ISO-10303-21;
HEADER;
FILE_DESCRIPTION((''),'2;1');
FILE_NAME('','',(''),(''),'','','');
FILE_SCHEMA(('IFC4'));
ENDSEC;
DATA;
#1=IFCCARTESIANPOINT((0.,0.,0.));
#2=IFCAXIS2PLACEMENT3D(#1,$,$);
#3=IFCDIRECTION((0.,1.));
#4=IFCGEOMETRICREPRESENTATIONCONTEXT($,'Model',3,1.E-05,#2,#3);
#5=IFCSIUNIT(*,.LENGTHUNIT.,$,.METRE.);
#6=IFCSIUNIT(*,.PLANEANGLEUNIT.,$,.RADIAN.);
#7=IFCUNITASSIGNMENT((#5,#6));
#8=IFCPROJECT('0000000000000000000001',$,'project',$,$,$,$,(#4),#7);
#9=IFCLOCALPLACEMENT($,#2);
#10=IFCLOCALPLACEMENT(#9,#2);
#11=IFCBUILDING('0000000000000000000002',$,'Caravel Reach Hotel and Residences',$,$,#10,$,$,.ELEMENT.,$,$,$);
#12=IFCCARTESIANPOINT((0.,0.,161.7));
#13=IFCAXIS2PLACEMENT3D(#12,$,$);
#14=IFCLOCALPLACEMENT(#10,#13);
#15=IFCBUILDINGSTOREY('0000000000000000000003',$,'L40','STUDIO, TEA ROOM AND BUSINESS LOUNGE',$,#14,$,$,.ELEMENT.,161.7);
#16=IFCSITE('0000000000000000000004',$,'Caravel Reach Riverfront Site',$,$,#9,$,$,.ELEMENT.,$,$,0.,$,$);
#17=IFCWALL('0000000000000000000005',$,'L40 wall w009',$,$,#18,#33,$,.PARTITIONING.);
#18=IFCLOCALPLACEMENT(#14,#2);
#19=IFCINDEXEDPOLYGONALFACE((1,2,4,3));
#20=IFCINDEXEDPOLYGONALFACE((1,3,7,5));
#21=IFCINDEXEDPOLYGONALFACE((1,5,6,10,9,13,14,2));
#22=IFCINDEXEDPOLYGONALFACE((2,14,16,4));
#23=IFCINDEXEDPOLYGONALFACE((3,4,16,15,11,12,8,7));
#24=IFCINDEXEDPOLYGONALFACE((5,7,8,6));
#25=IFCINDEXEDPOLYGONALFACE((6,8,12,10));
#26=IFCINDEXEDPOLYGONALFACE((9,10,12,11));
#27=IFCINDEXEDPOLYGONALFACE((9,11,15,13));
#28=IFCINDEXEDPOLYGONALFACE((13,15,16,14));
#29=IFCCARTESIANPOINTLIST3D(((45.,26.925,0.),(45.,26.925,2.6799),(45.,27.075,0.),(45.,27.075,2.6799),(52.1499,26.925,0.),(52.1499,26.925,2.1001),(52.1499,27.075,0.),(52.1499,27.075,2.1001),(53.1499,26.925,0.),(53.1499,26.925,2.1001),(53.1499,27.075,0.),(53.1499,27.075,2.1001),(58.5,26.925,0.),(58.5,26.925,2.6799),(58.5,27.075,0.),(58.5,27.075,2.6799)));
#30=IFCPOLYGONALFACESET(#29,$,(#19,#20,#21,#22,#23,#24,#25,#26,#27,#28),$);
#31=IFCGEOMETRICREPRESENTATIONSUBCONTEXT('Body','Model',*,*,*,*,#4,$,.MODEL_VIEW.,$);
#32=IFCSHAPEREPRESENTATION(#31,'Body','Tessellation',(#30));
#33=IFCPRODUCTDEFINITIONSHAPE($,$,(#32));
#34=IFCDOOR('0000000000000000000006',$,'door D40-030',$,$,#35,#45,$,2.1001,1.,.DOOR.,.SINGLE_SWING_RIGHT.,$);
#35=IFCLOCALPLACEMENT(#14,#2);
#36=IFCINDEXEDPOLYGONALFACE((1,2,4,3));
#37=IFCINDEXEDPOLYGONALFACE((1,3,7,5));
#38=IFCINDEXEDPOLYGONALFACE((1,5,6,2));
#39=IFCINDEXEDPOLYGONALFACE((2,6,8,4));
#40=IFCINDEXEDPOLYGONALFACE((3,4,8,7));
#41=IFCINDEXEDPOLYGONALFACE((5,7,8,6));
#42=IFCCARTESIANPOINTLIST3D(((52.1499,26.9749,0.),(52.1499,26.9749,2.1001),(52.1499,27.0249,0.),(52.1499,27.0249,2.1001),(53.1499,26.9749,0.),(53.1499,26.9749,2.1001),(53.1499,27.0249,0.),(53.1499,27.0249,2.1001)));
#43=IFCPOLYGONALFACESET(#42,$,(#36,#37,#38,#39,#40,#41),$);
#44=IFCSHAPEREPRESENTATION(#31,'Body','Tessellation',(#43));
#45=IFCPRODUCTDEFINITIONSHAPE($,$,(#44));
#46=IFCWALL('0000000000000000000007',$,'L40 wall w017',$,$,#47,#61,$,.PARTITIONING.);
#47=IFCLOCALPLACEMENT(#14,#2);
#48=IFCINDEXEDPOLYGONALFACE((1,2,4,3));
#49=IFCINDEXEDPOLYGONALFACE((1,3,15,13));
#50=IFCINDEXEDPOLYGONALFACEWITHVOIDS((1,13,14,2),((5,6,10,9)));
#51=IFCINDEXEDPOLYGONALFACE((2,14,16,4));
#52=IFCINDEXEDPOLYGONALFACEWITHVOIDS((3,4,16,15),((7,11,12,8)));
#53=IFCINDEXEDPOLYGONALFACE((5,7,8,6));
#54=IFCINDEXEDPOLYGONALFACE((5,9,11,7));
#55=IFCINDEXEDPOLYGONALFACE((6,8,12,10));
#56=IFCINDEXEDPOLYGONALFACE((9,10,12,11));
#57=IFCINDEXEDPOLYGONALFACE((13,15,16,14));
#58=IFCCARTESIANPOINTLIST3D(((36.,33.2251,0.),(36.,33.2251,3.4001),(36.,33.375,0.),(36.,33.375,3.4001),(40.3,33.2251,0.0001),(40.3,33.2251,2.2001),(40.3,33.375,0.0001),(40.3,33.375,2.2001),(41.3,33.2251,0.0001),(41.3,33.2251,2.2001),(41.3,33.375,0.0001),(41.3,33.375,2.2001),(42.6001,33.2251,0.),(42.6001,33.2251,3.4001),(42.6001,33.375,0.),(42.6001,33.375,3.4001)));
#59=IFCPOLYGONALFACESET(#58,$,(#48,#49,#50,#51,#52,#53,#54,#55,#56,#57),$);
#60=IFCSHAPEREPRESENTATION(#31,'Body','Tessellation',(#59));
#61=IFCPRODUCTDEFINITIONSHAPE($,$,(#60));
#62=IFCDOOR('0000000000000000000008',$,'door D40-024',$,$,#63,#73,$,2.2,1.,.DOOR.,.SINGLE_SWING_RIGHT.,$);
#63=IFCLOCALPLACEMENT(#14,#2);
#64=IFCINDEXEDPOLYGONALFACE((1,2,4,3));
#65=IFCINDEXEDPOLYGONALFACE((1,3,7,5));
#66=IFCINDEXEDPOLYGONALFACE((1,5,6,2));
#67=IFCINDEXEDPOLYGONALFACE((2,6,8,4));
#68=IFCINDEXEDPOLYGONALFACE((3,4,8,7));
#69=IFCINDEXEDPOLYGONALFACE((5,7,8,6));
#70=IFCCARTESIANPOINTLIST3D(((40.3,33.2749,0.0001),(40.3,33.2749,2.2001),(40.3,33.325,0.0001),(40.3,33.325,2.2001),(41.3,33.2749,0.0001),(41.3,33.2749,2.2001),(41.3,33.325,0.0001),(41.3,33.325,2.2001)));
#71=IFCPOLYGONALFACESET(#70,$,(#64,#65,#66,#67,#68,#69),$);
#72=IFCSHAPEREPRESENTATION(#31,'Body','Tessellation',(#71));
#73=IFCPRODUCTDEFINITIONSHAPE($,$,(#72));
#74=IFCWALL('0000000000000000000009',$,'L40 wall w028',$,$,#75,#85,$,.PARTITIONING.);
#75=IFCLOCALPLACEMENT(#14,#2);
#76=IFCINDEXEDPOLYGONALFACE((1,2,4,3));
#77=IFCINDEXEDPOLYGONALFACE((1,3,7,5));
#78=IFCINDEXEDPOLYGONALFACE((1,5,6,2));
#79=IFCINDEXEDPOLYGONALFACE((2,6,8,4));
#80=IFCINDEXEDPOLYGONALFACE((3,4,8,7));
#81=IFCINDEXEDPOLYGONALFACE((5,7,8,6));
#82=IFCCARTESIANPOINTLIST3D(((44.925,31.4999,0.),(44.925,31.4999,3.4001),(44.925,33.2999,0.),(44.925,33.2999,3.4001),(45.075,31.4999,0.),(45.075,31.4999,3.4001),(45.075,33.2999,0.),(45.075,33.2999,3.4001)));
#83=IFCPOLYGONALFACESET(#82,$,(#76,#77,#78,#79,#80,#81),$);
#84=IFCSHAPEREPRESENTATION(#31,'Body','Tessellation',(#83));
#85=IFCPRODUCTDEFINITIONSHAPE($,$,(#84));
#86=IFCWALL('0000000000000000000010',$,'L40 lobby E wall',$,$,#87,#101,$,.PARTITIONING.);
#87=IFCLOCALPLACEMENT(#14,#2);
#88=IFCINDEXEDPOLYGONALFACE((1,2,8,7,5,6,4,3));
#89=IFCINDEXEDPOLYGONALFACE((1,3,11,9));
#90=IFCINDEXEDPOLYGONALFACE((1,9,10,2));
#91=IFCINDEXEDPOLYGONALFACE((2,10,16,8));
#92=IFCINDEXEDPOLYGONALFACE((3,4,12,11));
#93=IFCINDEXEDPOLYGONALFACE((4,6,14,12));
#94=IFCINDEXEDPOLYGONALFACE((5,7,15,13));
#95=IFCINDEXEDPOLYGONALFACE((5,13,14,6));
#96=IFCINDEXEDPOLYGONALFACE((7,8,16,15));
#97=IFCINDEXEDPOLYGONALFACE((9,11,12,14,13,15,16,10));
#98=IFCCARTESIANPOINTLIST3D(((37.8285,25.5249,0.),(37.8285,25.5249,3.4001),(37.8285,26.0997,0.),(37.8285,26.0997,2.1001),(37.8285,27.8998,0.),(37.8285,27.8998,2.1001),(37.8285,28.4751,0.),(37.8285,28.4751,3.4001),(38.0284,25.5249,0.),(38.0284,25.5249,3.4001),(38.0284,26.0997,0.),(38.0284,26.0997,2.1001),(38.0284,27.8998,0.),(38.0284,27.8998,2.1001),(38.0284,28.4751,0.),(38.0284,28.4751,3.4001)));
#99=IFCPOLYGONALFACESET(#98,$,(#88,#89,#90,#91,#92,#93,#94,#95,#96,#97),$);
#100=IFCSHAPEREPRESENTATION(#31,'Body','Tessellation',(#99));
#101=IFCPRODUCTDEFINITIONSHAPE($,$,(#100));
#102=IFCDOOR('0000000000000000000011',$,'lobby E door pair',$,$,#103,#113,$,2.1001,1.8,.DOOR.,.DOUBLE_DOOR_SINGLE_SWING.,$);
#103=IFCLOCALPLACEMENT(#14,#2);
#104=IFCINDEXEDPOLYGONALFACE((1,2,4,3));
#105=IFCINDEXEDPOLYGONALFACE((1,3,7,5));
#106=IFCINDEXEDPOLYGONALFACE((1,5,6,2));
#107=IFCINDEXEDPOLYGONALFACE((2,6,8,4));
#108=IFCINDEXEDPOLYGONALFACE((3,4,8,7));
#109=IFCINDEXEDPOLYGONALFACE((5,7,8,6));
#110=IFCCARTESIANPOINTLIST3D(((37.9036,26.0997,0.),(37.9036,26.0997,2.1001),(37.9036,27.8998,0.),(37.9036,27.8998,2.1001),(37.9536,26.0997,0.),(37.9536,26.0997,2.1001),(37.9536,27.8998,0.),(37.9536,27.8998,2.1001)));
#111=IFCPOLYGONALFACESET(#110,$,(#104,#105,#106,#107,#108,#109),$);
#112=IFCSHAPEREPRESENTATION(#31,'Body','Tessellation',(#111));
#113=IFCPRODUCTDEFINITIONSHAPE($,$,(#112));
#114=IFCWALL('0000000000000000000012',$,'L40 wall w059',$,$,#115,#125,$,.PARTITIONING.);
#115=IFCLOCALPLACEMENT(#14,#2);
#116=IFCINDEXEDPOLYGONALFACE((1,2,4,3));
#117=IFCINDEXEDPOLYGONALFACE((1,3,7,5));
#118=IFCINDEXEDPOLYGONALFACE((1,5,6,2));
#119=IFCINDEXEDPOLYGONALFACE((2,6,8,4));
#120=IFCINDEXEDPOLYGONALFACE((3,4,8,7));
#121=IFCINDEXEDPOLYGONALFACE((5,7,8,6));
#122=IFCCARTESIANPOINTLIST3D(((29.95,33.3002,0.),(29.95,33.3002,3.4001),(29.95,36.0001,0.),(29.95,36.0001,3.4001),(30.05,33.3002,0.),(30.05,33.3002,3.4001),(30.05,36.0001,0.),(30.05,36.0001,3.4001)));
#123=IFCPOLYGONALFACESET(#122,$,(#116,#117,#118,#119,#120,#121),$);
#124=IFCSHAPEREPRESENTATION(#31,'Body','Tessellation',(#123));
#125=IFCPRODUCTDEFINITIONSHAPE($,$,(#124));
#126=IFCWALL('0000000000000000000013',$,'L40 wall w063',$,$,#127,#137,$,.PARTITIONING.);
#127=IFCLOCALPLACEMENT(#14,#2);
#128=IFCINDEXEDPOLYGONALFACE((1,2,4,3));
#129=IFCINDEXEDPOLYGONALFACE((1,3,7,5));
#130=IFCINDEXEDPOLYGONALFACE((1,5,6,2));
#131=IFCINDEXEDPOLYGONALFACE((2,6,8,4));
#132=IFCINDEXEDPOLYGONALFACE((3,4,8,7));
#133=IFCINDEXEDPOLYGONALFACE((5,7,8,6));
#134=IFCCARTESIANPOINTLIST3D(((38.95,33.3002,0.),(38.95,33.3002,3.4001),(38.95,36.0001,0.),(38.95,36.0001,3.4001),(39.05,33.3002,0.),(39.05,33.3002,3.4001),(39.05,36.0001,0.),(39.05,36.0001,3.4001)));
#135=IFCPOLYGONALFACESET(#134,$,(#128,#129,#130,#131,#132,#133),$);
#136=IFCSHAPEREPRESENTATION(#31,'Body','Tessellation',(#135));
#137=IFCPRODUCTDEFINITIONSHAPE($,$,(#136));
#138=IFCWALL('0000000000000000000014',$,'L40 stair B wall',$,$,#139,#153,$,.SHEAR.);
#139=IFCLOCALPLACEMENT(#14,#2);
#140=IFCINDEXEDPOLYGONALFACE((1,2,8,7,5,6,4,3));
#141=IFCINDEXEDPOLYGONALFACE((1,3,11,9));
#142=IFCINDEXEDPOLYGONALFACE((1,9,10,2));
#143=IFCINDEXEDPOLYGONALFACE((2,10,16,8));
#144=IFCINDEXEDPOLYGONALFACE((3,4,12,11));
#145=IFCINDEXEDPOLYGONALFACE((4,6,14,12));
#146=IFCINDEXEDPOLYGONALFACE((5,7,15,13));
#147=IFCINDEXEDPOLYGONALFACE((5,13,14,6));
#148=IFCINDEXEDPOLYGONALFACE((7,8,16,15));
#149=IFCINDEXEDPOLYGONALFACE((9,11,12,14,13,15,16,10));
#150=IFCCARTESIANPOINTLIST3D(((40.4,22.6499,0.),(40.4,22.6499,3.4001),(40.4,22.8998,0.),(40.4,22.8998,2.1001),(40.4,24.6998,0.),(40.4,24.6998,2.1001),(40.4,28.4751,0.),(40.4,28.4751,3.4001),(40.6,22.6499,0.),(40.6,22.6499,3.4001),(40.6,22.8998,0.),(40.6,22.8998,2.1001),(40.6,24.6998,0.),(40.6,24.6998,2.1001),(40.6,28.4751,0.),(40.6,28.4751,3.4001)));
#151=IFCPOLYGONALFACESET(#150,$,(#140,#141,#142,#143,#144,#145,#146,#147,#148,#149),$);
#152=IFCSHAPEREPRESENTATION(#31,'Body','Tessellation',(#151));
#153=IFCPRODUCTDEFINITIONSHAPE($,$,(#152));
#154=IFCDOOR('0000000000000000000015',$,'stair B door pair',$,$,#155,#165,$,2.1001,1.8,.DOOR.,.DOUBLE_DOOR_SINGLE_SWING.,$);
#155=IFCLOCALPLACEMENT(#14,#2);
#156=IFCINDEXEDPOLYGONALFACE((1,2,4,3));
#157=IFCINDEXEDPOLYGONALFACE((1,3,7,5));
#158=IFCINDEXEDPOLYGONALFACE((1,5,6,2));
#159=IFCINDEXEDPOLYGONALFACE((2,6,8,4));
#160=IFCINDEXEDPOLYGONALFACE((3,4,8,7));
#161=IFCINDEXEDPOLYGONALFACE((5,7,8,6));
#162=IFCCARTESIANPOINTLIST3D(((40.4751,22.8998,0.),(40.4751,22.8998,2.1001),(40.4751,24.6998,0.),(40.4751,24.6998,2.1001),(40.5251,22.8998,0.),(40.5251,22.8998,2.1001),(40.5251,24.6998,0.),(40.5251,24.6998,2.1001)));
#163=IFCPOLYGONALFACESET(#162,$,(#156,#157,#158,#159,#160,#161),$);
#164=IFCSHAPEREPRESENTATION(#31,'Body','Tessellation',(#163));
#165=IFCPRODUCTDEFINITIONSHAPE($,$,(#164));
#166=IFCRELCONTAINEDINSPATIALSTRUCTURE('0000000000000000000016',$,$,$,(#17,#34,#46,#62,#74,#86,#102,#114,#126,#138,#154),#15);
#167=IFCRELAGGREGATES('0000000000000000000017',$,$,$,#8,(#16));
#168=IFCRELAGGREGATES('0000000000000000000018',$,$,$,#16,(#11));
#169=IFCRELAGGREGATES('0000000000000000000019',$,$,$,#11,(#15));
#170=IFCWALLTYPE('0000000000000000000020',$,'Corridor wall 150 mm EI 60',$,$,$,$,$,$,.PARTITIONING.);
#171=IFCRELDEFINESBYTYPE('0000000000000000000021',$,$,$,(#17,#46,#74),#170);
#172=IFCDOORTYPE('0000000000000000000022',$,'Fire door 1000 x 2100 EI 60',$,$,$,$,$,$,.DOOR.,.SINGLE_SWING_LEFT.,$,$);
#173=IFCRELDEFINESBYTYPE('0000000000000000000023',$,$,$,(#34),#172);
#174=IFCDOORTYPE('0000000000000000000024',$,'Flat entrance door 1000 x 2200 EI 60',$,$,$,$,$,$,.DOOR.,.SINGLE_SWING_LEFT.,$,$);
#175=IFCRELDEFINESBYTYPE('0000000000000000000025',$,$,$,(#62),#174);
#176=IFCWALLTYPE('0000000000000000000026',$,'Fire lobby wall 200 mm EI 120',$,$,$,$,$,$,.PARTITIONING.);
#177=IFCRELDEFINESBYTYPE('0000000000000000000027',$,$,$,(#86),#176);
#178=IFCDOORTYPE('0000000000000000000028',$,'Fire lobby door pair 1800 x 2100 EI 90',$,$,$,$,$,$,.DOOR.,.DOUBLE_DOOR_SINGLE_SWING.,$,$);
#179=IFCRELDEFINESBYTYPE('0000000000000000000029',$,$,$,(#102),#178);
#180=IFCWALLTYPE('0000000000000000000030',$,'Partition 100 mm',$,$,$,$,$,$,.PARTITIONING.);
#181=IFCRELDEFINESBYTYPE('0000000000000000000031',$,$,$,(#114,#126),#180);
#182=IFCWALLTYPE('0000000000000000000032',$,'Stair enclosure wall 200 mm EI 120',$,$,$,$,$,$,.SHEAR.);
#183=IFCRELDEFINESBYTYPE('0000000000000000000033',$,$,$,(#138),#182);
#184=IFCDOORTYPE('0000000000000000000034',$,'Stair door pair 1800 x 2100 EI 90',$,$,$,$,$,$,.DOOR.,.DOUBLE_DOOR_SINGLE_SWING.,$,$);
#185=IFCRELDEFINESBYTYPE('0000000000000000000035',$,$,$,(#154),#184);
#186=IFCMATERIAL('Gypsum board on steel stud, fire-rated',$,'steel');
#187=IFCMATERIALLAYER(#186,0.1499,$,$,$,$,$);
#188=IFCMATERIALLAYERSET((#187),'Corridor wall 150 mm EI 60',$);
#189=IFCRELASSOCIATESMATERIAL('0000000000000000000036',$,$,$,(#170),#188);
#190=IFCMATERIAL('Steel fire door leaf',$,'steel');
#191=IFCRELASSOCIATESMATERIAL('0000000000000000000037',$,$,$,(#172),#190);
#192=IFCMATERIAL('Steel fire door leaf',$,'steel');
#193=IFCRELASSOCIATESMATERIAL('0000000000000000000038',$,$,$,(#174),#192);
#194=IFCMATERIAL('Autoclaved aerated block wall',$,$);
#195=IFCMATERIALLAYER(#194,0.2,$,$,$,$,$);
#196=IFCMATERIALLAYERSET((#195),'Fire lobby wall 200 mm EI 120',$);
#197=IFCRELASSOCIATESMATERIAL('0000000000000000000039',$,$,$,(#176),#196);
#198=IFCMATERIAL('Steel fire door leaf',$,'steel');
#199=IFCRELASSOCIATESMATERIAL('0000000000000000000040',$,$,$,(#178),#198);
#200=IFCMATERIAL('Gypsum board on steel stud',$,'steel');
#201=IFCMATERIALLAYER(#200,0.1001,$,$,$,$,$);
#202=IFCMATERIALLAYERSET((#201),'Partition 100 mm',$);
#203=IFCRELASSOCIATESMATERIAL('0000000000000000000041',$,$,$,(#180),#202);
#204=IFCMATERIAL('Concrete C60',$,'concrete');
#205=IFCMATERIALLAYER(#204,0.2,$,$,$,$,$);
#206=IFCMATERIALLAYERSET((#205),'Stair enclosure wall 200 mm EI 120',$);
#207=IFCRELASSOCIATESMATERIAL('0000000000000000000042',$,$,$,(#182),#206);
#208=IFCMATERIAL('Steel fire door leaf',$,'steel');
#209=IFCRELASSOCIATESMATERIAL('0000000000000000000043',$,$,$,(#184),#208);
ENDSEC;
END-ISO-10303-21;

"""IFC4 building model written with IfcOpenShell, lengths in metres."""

from ifc_helpers import new_model, si_unit, direction, frame, frame_2d, origin, place, context, subcontext, project, spatial, rectangle, extrude, material, layer, layer_set, type_object, element, fill, save


model = new_model("IFC4")

# Units and contexts
model_context = context("Model", 3, precision=1e-05, world=origin(), true_north=direction((0.0, 1.0)))
body_context = subcontext(model_context, "Body", "Model", "MODEL_VIEW")
ifc_project = project(units=[si_unit("LENGTHUNIT", "METRE"), si_unit("PLANEANGLEUNIT", "RADIAN")], contexts=[model_context])

# Site, building, storey
site_placement = place(None, origin())
site = spatial("IfcSite", under=ifc_project, at=site_placement, Name="Caravel Reach Riverfront Site", CompositionType="ELEMENT", RefElevation=0.0)
building_placement = place(site_placement, origin())
building = spatial("IfcBuilding", under=site, at=building_placement, Name="Caravel Reach Hotel and Residences", CompositionType="ELEMENT")
storey_placement = place(building_placement, frame((0.0, 0.0, 161.7)))
storey = spatial("IfcBuildingStorey", under=building, at=storey_placement, Name="L40", Description="STUDIO, TEA ROOM AND BUSINESS LOUNGE", CompositionType="ELEMENT", Elevation=161.7)

# Walls, openings, doors
ifc_material_1 = material(Name="Gypsum board on steel stud, fire-rated", Category="steel")
ifc_layer_1 = layer(ifc_material_1, 0.1499)
ifc_layer_set_1 = layer_set([ifc_layer_1], Name="Corridor wall 150 mm EI 60")
wall_type_1 = type_object("IfcWallType", Name="Corridor wall 150 mm EI 60", PredefinedType="PARTITIONING", material=ifc_layer_set_1)
ifc_material_2 = material(Name="Steel fire door leaf", Category="steel")
door_type_1 = type_object("IfcDoorType", Name="Fire door 1000 x 2100 EI 60", OperationType="SINGLE_SWING_LEFT", PredefinedType="DOOR", material=ifc_material_2)
wall_1_placement = place(storey_placement, frame((45.0, 27.0, 0.0), z_axis=(0.0, 0.0, 1.0), x_axis=(1.0, 0.0, 0.0)))
wall_1 = element("IfcWall", 1, at=wall_1_placement, inside=storey, type_object=wall_type_1, Name="L40 wall w009", PredefinedType="PARTITIONING", context=body_context, shape_type="SweptSolid", body=[
    extrude(rectangle(XDim=13.5, YDim=0.1499, at=frame_2d((6.75, 0.0))), origin(), (0.0, 0.0, 1.0), 2.6799),
])
opening_1_placement = place(wall_1_placement, frame((7.1499, 0.0, 0.0)))
opening_1 = element("IfcOpeningElement", 2, at=opening_1_placement, cuts=wall_1, PredefinedType="OPENING", context=body_context, shape_type="SweptSolid", body=[
    extrude(rectangle(XDim=1.0, YDim=2.1001, at=frame_2d((0.5, 1.05))), frame((0.0, 0.085, 0.0), z_axis=(0.0, -1.0, 0.0), x_axis=(1.0, 0.0, 0.0)), (0.0, 0.0, 1.0), 0.1699),
])
door_1_placement = place(opening_1_placement, origin())
door_1 = element("IfcDoor", 3, at=door_1_placement, inside=storey, type_object=door_type_1, Name="door D40-030", OperationType="SINGLE_SWING_RIGHT", OverallHeight=2.1001, OverallWidth=1.0, PredefinedType="DOOR", context=body_context, shape_type="SweptSolid", body=[
    extrude(rectangle(XDim=1.0, YDim=2.1001, at=frame_2d((0.5, 1.05))), frame((0.0, 0.0249, 0.0), z_axis=(0.0, -1.0, 0.0), x_axis=(1.0, 0.0, 0.0)), (0.0, 0.0, 1.0), 0.05),
])
fill(opening_1, door_1)
wall_2_placement = place(storey_placement, frame((36.0, 33.3, 0.0), z_axis=(0.0, 0.0, 1.0), x_axis=(1.0, 0.0, 0.0)))
wall_2 = element("IfcWall", 4, at=wall_2_placement, inside=storey, type_object=wall_type_1, Name="L40 wall w017", PredefinedType="PARTITIONING", context=body_context, shape_type="SweptSolid", body=[
    extrude(rectangle(XDim=6.6001, YDim=0.1499, at=frame_2d((3.3, 0.0))), origin(), (0.0, 0.0, 1.0), 3.4001),
])
opening_2_placement = place(wall_2_placement, frame((4.3, 0.0, 0.0)))
opening_2 = element("IfcOpeningElement", 5, at=opening_2_placement, cuts=wall_2, PredefinedType="OPENING", context=body_context, shape_type="SweptSolid", body=[
    extrude(rectangle(XDim=1.0, YDim=2.2, at=frame_2d((0.5, 1.1001))), frame((0.0, 0.085, 0.0), z_axis=(0.0, -1.0, 0.0), x_axis=(1.0, 0.0, 0.0)), (0.0, 0.0, 1.0), 0.1699),
])
ifc_material_3 = material(Name="Steel fire door leaf", Category="steel")
door_type_2 = type_object("IfcDoorType", Name="Flat entrance door 1000 x 2200 EI 60", OperationType="SINGLE_SWING_LEFT", PredefinedType="DOOR", material=ifc_material_3)
door_2_placement = place(opening_2_placement, origin())
door_2 = element("IfcDoor", 6, at=door_2_placement, inside=storey, type_object=door_type_2, Name="door D40-024", OperationType="SINGLE_SWING_RIGHT", OverallHeight=2.2, OverallWidth=1.0, PredefinedType="DOOR", context=body_context, shape_type="SweptSolid", body=[
    extrude(rectangle(XDim=1.0, YDim=2.2, at=frame_2d((0.5, 1.1001))), frame((0.0, 0.0249, 0.0), z_axis=(0.0, -1.0, 0.0), x_axis=(1.0, 0.0, 0.0)), (0.0, 0.0, 1.0), 0.05),
])
fill(opening_2, door_2)

# Wall
wall_3_placement = place(storey_placement, frame((45.0, 31.5, 0.0), z_axis=(0.0, 0.0, 1.0), x_axis=(0.0, 1.0, 0.0)))
element("IfcWall", 7, at=wall_3_placement, inside=storey, type_object=wall_type_1, Name="L40 wall w028", PredefinedType="PARTITIONING", context=body_context, shape_type="SweptSolid", body=[
    extrude(rectangle(XDim=1.8, YDim=0.1499, at=frame_2d((0.8999, 0.0))), origin(), (0.0, 0.0, 1.0), 3.4001),
])

# Wall, opening, door
ifc_material_4 = material(Name="Autoclaved aerated block wall")
ifc_layer_2 = layer(ifc_material_4, 0.2)
ifc_layer_set_2 = layer_set([ifc_layer_2], Name="Fire lobby wall 200 mm EI 120")
wall_type_2 = type_object("IfcWallType", Name="Fire lobby wall 200 mm EI 120", PredefinedType="PARTITIONING", material=ifc_layer_set_2)
wall_4_placement = place(storey_placement, frame((37.9285, 25.5249, 0.0), z_axis=(0.0, 0.0, 1.0), x_axis=(0.0, 1.0, 0.0)))
wall_4 = element("IfcWall", 8, at=wall_4_placement, inside=storey, type_object=wall_type_2, Name="L40 lobby E wall", PredefinedType="PARTITIONING", context=body_context, shape_type="SweptSolid", body=[
    extrude(rectangle(XDim=2.9502, YDim=0.2, at=frame_2d((1.4751, 0.0))), origin(), (0.0, 0.0, 1.0), 3.4001),
])
opening_3_placement = place(wall_4_placement, frame((0.575, 0.0, 0.0)))
opening_3 = element("IfcOpeningElement", 9, at=opening_3_placement, cuts=wall_4, PredefinedType="OPENING", context=body_context, shape_type="SweptSolid", body=[
    extrude(rectangle(XDim=1.8, YDim=2.1001, at=frame_2d((0.8999, 1.05))), frame((0.0, 0.1099, 0.0), z_axis=(0.0, -1.0, 0.0), x_axis=(1.0, 0.0, 0.0)), (0.0, 0.0, 1.0), 0.22),
])
ifc_material_5 = material(Name="Steel fire door leaf", Category="steel")
door_type_3 = type_object("IfcDoorType", Name="Fire lobby door pair 1800 x 2100 EI 90", OperationType="DOUBLE_DOOR_SINGLE_SWING", PredefinedType="DOOR", material=ifc_material_5)
door_3_placement = place(opening_3_placement, origin())
door_3 = element("IfcDoor", 10, at=door_3_placement, inside=storey, type_object=door_type_3, Name="lobby E door pair", OperationType="DOUBLE_DOOR_SINGLE_SWING", OverallHeight=2.1001, OverallWidth=1.8, PredefinedType="DOOR", context=body_context, shape_type="SweptSolid", body=[
    extrude(rectangle(XDim=1.8, YDim=2.1001, at=frame_2d((0.8999, 1.05))), frame((0.0, 0.0249, 0.0), z_axis=(0.0, -1.0, 0.0), x_axis=(1.0, 0.0, 0.0)), (0.0, 0.0, 1.0), 0.05),
])
fill(opening_3, door_3)

# Walls
ifc_material_6 = material(Name="Gypsum board on steel stud", Category="steel")
ifc_layer_3 = layer(ifc_material_6, 0.1001)
ifc_layer_set_3 = layer_set([ifc_layer_3], Name="Partition 100 mm")
wall_type_3 = type_object("IfcWallType", Name="Partition 100 mm", PredefinedType="PARTITIONING", material=ifc_layer_set_3)
for number, where, z_axis, x_axis, name in (
    (11, (30.0, 33.3, 0.0), (0.0, 0.0, 1.0), (0.0, 1.0, 0.0), "L40 wall w059"),
    (12, (39.0, 33.3, 0.0), (0.0, 0.0, 1.0), (0.0, 1.0, 0.0), "L40 wall w063"),
):
    element("IfcWall", number, at=place(storey_placement, frame(where, z_axis=z_axis, x_axis=x_axis)), inside=storey, type_object=wall_type_3, Name=name, PredefinedType="PARTITIONING", context=body_context, shape_type="SweptSolid", body=[
        extrude(rectangle(XDim=2.7, YDim=0.1001, at=frame_2d((1.3501, 0.0))), origin(), (0.0, 0.0, 1.0), 3.4001),
    ])

# Wall, opening, door
ifc_material_7 = material(Name="Concrete C60", Category="concrete")
ifc_layer_4 = layer(ifc_material_7, 0.2)
ifc_layer_set_4 = layer_set([ifc_layer_4], Name="Stair enclosure wall 200 mm EI 120")
wall_type_4 = type_object("IfcWallType", Name="Stair enclosure wall 200 mm EI 120", PredefinedType="SHEAR", material=ifc_layer_set_4)
wall_5_placement = place(storey_placement, frame((40.5, 22.6499, 0.0), z_axis=(0.0, 0.0, 1.0), x_axis=(0.0, 1.0, 0.0)))
wall_5 = element("IfcWall", 13, at=wall_5_placement, inside=storey, type_object=wall_type_4, Name="L40 stair B wall", PredefinedType="SHEAR", context=body_context, shape_type="SweptSolid", body=[
    extrude(rectangle(XDim=5.8252, YDim=0.2, at=frame_2d((2.9126, 0.0))), origin(), (0.0, 0.0, 1.0), 3.4001),
])
opening_4_placement = place(wall_5_placement, frame((0.25, 0.0, 0.0)))
opening_4 = element("IfcOpeningElement", 14, at=opening_4_placement, cuts=wall_5, PredefinedType="OPENING", context=body_context, shape_type="SweptSolid", body=[
    extrude(rectangle(XDim=1.8, YDim=2.1001, at=frame_2d((0.8999, 1.05))), frame((0.0, 0.1099, 0.0), z_axis=(0.0, -1.0, 0.0), x_axis=(1.0, 0.0, 0.0)), (0.0, 0.0, 1.0), 0.22),
])
ifc_material_8 = material(Name="Steel fire door leaf", Category="steel")
door_type_4 = type_object("IfcDoorType", Name="Stair door pair 1800 x 2100 EI 90", OperationType="DOUBLE_DOOR_SINGLE_SWING", PredefinedType="DOOR", material=ifc_material_8)
door_4_placement = place(opening_4_placement, origin())
door_4 = element("IfcDoor", 15, at=door_4_placement, inside=storey, type_object=door_type_4, Name="stair B door pair", OperationType="DOUBLE_DOOR_SINGLE_SWING", OverallHeight=2.1001, OverallWidth=1.8, PredefinedType="DOOR", context=body_context, shape_type="SweptSolid", body=[
    extrude(rectangle(XDim=1.8, YDim=2.1001, at=frame_2d((0.8999, 1.05))), frame((0.0, 0.0249, 0.0), z_axis=(0.0, -1.0, 0.0), x_axis=(1.0, 0.0, 0.0)), (0.0, 0.0, 1.0), 0.05),
])
fill(opening_4, door_4)

save(model, "model.ifc")
